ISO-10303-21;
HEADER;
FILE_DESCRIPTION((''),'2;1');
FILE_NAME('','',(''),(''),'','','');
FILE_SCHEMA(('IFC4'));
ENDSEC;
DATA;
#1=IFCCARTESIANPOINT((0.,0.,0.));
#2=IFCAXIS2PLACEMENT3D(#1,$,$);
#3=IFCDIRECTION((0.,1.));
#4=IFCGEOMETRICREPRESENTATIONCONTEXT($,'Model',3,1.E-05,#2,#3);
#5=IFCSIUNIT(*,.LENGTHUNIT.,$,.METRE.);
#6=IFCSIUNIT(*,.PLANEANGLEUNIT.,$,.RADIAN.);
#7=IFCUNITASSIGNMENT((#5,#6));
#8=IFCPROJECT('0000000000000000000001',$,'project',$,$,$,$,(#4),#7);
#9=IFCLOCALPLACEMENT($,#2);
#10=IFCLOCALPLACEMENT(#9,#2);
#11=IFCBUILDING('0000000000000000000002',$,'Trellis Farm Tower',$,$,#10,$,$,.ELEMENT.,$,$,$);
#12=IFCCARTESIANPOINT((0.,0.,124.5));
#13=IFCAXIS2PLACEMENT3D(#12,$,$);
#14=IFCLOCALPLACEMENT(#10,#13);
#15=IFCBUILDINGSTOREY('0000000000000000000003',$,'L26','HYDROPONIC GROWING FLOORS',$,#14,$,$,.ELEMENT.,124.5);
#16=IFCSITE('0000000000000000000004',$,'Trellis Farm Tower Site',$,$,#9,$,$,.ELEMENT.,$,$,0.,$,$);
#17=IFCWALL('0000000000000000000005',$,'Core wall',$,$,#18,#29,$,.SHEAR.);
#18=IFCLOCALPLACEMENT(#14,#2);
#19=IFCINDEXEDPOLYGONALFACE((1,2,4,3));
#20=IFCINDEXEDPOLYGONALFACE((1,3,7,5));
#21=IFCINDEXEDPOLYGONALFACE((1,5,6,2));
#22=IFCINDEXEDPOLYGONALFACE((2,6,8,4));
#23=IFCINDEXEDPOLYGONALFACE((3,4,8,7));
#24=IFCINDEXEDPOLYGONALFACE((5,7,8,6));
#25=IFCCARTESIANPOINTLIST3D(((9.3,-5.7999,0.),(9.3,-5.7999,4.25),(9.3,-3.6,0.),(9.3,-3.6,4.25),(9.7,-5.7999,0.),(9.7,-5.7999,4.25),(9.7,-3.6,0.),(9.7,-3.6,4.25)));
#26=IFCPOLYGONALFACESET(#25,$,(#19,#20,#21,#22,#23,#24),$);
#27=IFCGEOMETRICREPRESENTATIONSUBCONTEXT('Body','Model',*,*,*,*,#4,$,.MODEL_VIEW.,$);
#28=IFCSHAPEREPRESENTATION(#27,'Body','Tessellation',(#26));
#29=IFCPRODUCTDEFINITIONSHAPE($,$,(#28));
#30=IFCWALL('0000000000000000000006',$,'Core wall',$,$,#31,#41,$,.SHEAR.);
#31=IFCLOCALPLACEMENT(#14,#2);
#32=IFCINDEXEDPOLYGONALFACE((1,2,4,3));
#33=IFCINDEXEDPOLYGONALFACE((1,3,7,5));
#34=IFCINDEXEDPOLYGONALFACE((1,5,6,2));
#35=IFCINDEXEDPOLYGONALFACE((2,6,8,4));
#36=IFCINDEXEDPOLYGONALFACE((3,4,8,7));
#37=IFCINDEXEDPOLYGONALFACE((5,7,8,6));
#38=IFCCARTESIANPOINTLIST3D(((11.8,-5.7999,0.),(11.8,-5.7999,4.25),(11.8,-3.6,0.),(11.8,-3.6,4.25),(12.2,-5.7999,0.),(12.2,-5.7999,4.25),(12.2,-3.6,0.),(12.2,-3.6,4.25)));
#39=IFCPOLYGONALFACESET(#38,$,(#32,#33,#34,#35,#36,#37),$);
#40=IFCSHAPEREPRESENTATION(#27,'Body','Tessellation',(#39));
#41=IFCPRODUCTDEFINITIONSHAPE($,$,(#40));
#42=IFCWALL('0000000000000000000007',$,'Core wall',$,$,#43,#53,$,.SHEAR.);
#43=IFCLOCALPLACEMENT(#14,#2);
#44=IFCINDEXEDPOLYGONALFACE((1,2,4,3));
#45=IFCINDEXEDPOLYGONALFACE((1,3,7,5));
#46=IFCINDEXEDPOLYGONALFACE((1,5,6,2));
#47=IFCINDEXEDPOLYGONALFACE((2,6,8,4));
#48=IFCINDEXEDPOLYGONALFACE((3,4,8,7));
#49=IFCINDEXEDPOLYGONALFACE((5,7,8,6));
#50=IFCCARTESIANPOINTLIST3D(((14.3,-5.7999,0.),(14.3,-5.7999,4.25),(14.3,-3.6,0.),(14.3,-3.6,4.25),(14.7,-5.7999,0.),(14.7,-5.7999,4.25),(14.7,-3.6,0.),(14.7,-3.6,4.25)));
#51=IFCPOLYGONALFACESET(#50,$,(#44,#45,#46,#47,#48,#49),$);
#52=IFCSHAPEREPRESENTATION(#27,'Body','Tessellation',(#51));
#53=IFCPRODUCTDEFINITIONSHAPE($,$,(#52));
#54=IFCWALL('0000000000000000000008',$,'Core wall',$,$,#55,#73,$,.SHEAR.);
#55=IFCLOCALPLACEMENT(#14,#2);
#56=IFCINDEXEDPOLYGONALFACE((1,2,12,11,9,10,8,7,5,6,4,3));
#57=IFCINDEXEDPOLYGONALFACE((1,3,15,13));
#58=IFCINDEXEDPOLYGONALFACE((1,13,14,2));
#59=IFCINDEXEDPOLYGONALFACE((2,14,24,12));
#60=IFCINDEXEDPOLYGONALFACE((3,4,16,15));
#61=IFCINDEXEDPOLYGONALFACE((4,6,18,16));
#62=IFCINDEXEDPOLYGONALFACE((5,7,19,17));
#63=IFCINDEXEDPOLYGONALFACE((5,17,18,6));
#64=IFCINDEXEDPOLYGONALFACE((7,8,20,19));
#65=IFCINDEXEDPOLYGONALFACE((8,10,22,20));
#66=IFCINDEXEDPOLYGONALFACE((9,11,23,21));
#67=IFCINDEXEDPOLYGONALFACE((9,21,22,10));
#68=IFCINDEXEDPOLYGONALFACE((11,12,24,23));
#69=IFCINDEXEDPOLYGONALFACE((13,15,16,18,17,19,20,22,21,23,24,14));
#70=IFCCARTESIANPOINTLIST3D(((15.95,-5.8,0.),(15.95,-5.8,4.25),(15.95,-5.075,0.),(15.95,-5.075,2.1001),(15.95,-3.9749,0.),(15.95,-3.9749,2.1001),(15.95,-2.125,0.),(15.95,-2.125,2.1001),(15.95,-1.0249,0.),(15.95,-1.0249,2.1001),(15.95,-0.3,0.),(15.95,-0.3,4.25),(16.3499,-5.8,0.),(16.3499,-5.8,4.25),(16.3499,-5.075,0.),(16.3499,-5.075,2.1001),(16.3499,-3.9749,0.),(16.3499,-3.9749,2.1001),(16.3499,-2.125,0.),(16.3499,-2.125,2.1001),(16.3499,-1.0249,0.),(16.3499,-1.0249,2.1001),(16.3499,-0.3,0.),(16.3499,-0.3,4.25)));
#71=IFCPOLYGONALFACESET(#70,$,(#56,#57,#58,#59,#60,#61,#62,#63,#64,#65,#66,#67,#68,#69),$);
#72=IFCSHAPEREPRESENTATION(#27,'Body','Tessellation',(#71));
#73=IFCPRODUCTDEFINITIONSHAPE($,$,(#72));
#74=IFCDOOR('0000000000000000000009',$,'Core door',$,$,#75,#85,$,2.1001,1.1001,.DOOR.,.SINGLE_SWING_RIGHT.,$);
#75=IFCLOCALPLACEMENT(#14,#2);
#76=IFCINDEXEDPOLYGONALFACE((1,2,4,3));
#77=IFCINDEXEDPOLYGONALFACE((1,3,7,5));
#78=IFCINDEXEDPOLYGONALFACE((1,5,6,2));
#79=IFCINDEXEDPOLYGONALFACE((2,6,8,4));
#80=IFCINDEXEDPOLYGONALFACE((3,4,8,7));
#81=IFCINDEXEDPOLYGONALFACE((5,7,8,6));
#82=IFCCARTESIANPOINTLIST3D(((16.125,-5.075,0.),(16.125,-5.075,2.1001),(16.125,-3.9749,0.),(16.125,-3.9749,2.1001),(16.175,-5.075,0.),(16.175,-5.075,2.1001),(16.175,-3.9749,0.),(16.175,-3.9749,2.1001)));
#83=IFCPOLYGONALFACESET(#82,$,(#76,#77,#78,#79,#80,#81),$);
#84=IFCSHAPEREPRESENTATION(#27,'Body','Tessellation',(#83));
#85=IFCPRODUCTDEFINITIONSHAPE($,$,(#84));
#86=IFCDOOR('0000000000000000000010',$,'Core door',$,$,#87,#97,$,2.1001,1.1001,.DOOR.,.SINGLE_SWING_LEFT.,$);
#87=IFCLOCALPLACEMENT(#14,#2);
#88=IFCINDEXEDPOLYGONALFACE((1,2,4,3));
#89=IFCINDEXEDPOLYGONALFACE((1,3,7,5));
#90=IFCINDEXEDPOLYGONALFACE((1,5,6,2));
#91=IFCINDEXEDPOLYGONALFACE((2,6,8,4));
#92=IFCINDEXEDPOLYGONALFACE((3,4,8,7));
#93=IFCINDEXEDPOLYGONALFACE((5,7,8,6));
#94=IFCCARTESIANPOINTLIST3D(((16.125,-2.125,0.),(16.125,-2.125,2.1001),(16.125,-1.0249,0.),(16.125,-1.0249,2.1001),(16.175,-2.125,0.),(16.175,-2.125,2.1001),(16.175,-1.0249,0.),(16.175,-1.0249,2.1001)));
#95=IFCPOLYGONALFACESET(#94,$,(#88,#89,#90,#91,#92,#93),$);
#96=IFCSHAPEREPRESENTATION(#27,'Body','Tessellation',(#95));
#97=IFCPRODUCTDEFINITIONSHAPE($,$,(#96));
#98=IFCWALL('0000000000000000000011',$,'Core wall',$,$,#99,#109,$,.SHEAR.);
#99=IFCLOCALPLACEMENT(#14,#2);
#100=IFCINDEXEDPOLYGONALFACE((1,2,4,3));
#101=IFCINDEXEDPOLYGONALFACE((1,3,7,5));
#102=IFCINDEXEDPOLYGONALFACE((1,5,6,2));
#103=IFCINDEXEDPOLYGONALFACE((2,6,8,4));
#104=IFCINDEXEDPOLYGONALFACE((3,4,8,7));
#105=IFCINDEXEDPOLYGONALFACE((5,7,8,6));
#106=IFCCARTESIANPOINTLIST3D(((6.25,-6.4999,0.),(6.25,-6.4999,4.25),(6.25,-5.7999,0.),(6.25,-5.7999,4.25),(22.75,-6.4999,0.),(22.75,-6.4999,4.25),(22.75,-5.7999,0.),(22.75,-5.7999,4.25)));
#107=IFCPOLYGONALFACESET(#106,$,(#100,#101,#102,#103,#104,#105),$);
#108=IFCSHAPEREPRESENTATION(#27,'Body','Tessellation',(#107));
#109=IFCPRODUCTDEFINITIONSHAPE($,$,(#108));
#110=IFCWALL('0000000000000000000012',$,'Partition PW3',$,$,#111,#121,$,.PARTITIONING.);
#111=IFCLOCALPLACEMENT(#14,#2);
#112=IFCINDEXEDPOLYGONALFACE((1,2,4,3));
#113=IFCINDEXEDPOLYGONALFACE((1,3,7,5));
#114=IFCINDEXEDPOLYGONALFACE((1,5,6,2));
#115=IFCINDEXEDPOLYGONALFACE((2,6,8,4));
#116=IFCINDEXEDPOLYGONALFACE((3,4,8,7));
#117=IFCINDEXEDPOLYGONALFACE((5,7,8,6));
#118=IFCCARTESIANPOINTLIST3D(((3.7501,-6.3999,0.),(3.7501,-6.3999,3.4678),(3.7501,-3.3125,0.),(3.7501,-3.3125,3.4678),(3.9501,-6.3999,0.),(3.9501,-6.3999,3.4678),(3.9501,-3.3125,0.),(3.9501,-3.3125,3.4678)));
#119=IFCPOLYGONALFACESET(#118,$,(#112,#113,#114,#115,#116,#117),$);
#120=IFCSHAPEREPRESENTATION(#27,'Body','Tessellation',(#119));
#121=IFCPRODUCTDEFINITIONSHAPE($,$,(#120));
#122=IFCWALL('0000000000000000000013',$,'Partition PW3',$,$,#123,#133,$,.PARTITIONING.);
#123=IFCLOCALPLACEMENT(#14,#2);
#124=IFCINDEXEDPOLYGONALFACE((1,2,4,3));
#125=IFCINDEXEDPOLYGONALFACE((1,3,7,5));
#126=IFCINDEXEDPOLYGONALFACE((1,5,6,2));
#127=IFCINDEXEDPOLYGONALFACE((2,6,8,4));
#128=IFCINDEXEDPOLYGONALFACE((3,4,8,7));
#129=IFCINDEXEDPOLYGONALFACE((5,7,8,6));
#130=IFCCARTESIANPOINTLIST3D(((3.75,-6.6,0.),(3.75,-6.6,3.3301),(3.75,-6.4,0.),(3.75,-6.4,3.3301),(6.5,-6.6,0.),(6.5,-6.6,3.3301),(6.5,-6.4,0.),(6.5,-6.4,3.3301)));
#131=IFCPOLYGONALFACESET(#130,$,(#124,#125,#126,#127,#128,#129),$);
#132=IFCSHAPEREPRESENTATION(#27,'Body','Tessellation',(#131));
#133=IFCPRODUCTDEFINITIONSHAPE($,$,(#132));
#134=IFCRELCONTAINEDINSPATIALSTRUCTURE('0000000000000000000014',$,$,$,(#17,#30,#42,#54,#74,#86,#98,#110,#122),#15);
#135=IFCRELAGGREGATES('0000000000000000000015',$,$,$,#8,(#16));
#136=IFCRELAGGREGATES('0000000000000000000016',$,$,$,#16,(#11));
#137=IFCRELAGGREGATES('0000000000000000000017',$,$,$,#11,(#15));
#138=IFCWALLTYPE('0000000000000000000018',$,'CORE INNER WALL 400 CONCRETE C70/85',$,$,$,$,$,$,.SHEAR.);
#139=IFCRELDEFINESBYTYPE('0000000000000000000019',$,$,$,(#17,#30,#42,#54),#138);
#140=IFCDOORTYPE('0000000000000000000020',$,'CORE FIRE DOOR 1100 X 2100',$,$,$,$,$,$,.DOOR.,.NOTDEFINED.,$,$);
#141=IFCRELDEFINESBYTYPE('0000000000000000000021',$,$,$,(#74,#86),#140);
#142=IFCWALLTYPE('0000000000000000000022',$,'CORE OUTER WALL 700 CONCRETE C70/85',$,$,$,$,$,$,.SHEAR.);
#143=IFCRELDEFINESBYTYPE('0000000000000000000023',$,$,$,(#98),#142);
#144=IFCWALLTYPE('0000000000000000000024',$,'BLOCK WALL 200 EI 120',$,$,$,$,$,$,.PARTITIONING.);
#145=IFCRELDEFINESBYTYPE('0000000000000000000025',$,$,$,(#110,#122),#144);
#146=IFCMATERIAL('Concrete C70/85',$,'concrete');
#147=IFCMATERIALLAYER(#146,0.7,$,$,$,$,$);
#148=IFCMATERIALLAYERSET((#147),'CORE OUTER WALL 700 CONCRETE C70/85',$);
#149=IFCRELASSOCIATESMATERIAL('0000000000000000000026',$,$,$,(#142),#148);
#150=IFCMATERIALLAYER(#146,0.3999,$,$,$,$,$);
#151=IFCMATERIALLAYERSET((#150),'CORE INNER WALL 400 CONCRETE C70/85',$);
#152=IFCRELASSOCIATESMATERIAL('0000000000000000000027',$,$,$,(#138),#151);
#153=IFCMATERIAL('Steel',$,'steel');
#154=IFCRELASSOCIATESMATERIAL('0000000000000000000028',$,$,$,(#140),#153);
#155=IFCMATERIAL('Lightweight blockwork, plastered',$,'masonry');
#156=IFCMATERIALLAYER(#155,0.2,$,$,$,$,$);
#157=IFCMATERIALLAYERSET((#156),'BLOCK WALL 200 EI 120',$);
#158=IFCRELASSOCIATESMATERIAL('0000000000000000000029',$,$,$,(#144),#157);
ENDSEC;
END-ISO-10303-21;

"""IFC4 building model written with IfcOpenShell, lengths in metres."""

from ifc_helpers import new_model, si_unit, direction, frame, frame_2d, origin, place, context, subcontext, project, spatial, rectangle, extrude, source, transform, mapped, material, layer, layer_set, type_object, element, fill, save


model = new_model("IFC4")

# Units and contexts
model_context = context("Model", 3, precision=1e-05, world=origin(), true_north=direction((0.0, 1.0)))
body_context = subcontext(model_context, "Body", "Model", "MODEL_VIEW")
ifc_project = project(units=[si_unit("LENGTHUNIT", "METRE"), si_unit("PLANEANGLEUNIT", "RADIAN")], contexts=[model_context])

# Site, building, storey
site_placement = place(None, origin())
site = spatial("IfcSite", under=ifc_project, at=site_placement, Name="Trellis Farm Tower Site", CompositionType="ELEMENT", RefElevation=0.0)
building_placement = place(site_placement, origin())
building = spatial("IfcBuilding", under=site, at=building_placement, Name="Trellis Farm Tower", CompositionType="ELEMENT")
storey_placement = place(building_placement, frame((0.0, 0.0, 124.5)))
storey = spatial("IfcBuildingStorey", under=building, at=storey_placement, Name="L26", Description="HYDROPONIC GROWING FLOORS", CompositionType="ELEMENT", Elevation=124.5)

# Shared definitions
ifc_material_1 = material(Name="Concrete C70/85", Category="concrete")
ifc_layer_1 = layer(ifc_material_1, 0.7)
ifc_layer_set_1 = layer_set([ifc_layer_1], Name="CORE OUTER WALL 700 CONCRETE C70/85")
wall_type_1 = type_object("IfcWallType", Name="CORE OUTER WALL 700 CONCRETE C70/85", PredefinedType="SHEAR", material=ifc_layer_set_1)
ifc_material_2 = material(Name="Steel", Category="steel")

# Walls
ifc_layer_2 = layer(ifc_material_1, 0.3999)
ifc_layer_set_2 = layer_set([ifc_layer_2], Name="CORE INNER WALL 400 CONCRETE C70/85")
wall_type_2 = type_object("IfcWallType", Name="CORE INNER WALL 400 CONCRETE C70/85", PredefinedType="SHEAR", material=ifc_layer_set_2)
shared_shape_1 = source(origin(), body_context, "Body", "SweptSolid", [
    extrude(rectangle(XDim=2.2, YDim=0.3999, at=frame_2d((1.1001, 0.0))), origin(), (0.0, 0.0, 1.0), 4.25),
])
for number, where, z_axis, x_axis, name in (
    (1, (9.5, -5.8, 0.0), (0.0, 0.0, 1.0), (0.0, 1.0, 0.0), "Core wall"),
    (2, (12.0, -5.8, 0.0), (0.0, 0.0, 1.0), (0.0, 1.0, 0.0), "Core wall"),
    (3, (14.5, -5.8, 0.0), (0.0, 0.0, 1.0), (0.0, 1.0, 0.0), "Core wall"),
):
    element("IfcWall", number, at=place(storey_placement, frame(where, z_axis=z_axis, x_axis=x_axis)), inside=storey, type_object=wall_type_2, Name=name, PredefinedType="SHEAR", context=body_context, shape_type="MappedRepresentation", body=[
        mapped(shared_shape_1, transform((0.0, 0.0, 0.0))),
    ])

# Wall, openings, doors
shared_shape_2 = source(origin(), body_context, "Body", "SweptSolid", [
    extrude(rectangle(XDim=5.5, YDim=0.3999, at=frame_2d((2.75, 0.0))), origin(), (0.0, 0.0, 1.0), 4.25),
])
wall_1_placement = place(storey_placement, frame((16.1499, -5.8, 0.0), z_axis=(0.0, 0.0, 1.0), x_axis=(0.0, 1.0, 0.0)))
wall_1 = element("IfcWall", 4, at=wall_1_placement, inside=storey, type_object=wall_type_2, Name="Core wall", PredefinedType="SHEAR", context=body_context, shape_type="MappedRepresentation", body=[
    mapped(shared_shape_2, transform((0.0, 0.0, 0.0))),
])
shared_shape_3 = source(origin(), body_context, "Body", "SweptSolid", [
    extrude(rectangle(XDim=1.1001, YDim=2.1001, at=frame_2d((0.55, 1.05))), frame((0.0, 0.21, 0.0), z_axis=(0.0, -1.0, 0.0), x_axis=(1.0, 0.0, 0.0)), (0.0, 0.0, 1.0), 0.4199),
])
opening_1_placement = place(wall_1_placement, frame((0.7251, 0.0, 0.0)))
opening_1 = element("IfcOpeningElement", 5, at=opening_1_placement, cuts=wall_1, PredefinedType="OPENING", context=body_context, shape_type="MappedRepresentation", body=[
    mapped(shared_shape_3, transform((0.0, 0.0, 0.0))),
])
opening_2_placement = place(wall_1_placement, frame((3.675, 0.0, 0.0)))
opening_2 = element("IfcOpeningElement", 6, at=opening_2_placement, cuts=wall_1, PredefinedType="OPENING", context=body_context, shape_type="MappedRepresentation", body=[
    mapped(shared_shape_3, transform((0.0, 0.0, 0.0))),
])
door_type_1 = type_object("IfcDoorType", Name="CORE FIRE DOOR 1100 X 2100", OperationType="NOTDEFINED", PredefinedType="DOOR", material=ifc_material_2)
shared_shape_4 = source(origin(), body_context, "Body", "SweptSolid", [
    extrude(rectangle(XDim=1.1001, YDim=2.1001, at=frame_2d((0.55, 1.05))), frame((0.0, 0.0249, 0.0), z_axis=(0.0, -1.0, 0.0), x_axis=(1.0, 0.0, 0.0)), (0.0, 0.0, 1.0), 0.05),
])
door_1_placement = place(opening_1_placement, origin())
door_1 = element("IfcDoor", 7, at=door_1_placement, inside=storey, type_object=door_type_1, Name="Core door", OperationType="SINGLE_SWING_RIGHT", OverallHeight=2.1001, OverallWidth=1.1001, PredefinedType="DOOR", context=body_context, shape_type="MappedRepresentation", body=[
    mapped(shared_shape_4, transform((0.0, 0.0, 0.0))),
])
fill(opening_1, door_1)
door_2_placement = place(opening_2_placement, origin())
door_2 = element("IfcDoor", 8, at=door_2_placement, inside=storey, type_object=door_type_1, Name="Core door", OperationType="SINGLE_SWING_LEFT", OverallHeight=2.1001, OverallWidth=1.1001, PredefinedType="DOOR", context=body_context, shape_type="MappedRepresentation", body=[
    mapped(shared_shape_4, transform((0.0, 0.0, 0.0))),
])
fill(opening_2, door_2)

# Walls
shared_shape_5 = source(origin(), body_context, "Body", "SweptSolid", [
    extrude(rectangle(XDim=16.5, YDim=0.7, at=frame_2d((8.25, 0.0))), origin(), (0.0, 0.0, 1.0), 4.25),
])
wall_2_placement = place(storey_placement, frame((6.25, -6.1499, 0.0), z_axis=(0.0, 0.0, 1.0), x_axis=(1.0, 0.0, 0.0)))
element("IfcWall", 9, at=wall_2_placement, inside=storey, type_object=wall_type_1, Name="Core wall", PredefinedType="SHEAR", context=body_context, shape_type="MappedRepresentation", body=[
    mapped(shared_shape_5, transform((0.0, 0.0, 0.0))),
])
ifc_material_3 = material(Name="Lightweight blockwork, plastered", Category="masonry")
ifc_layer_3 = layer(ifc_material_3, 0.2)
ifc_layer_set_3 = layer_set([ifc_layer_3], Name="BLOCK WALL 200 EI 120")
wall_type_3 = type_object("IfcWallType", Name="BLOCK WALL 200 EI 120", PredefinedType="PARTITIONING", material=ifc_layer_set_3)
shared_shape_6 = source(origin(), body_context, "Body", "SweptSolid", [
    extrude(rectangle(XDim=3.0874, YDim=0.2, at=frame_2d((1.5437, 0.0))), origin(), (0.0, 0.0, 1.0), 3.4678),
])
wall_3_placement = place(storey_placement, frame((3.8501, -6.3999, 0.0), z_axis=(0.0, 0.0, 1.0), x_axis=(0.0, 1.0, 0.0)))
element("IfcWall", 10, at=wall_3_placement, inside=storey, type_object=wall_type_3, Name="Partition PW3", PredefinedType="PARTITIONING", context=body_context, shape_type="MappedRepresentation", body=[
    mapped(shared_shape_6, transform((0.0, 0.0, 0.0))),
])
shared_shape_7 = source(origin(), body_context, "Body", "SweptSolid", [
    extrude(rectangle(XDim=2.75, YDim=0.2, at=frame_2d((1.375, 0.0))), origin(), (0.0, 0.0, 1.0), 3.3301),
])
wall_4_placement = place(storey_placement, frame((3.75, -6.5, 0.0), z_axis=(0.0, 0.0, 1.0), x_axis=(1.0, 0.0, 0.0)))
element("IfcWall", 11, at=wall_4_placement, inside=storey, type_object=wall_type_3, Name="Partition PW3", PredefinedType="PARTITIONING", context=body_context, shape_type="MappedRepresentation", body=[
    mapped(shared_shape_7, transform((0.0, 0.0, 0.0))),
])

save(model, "model.ifc")
